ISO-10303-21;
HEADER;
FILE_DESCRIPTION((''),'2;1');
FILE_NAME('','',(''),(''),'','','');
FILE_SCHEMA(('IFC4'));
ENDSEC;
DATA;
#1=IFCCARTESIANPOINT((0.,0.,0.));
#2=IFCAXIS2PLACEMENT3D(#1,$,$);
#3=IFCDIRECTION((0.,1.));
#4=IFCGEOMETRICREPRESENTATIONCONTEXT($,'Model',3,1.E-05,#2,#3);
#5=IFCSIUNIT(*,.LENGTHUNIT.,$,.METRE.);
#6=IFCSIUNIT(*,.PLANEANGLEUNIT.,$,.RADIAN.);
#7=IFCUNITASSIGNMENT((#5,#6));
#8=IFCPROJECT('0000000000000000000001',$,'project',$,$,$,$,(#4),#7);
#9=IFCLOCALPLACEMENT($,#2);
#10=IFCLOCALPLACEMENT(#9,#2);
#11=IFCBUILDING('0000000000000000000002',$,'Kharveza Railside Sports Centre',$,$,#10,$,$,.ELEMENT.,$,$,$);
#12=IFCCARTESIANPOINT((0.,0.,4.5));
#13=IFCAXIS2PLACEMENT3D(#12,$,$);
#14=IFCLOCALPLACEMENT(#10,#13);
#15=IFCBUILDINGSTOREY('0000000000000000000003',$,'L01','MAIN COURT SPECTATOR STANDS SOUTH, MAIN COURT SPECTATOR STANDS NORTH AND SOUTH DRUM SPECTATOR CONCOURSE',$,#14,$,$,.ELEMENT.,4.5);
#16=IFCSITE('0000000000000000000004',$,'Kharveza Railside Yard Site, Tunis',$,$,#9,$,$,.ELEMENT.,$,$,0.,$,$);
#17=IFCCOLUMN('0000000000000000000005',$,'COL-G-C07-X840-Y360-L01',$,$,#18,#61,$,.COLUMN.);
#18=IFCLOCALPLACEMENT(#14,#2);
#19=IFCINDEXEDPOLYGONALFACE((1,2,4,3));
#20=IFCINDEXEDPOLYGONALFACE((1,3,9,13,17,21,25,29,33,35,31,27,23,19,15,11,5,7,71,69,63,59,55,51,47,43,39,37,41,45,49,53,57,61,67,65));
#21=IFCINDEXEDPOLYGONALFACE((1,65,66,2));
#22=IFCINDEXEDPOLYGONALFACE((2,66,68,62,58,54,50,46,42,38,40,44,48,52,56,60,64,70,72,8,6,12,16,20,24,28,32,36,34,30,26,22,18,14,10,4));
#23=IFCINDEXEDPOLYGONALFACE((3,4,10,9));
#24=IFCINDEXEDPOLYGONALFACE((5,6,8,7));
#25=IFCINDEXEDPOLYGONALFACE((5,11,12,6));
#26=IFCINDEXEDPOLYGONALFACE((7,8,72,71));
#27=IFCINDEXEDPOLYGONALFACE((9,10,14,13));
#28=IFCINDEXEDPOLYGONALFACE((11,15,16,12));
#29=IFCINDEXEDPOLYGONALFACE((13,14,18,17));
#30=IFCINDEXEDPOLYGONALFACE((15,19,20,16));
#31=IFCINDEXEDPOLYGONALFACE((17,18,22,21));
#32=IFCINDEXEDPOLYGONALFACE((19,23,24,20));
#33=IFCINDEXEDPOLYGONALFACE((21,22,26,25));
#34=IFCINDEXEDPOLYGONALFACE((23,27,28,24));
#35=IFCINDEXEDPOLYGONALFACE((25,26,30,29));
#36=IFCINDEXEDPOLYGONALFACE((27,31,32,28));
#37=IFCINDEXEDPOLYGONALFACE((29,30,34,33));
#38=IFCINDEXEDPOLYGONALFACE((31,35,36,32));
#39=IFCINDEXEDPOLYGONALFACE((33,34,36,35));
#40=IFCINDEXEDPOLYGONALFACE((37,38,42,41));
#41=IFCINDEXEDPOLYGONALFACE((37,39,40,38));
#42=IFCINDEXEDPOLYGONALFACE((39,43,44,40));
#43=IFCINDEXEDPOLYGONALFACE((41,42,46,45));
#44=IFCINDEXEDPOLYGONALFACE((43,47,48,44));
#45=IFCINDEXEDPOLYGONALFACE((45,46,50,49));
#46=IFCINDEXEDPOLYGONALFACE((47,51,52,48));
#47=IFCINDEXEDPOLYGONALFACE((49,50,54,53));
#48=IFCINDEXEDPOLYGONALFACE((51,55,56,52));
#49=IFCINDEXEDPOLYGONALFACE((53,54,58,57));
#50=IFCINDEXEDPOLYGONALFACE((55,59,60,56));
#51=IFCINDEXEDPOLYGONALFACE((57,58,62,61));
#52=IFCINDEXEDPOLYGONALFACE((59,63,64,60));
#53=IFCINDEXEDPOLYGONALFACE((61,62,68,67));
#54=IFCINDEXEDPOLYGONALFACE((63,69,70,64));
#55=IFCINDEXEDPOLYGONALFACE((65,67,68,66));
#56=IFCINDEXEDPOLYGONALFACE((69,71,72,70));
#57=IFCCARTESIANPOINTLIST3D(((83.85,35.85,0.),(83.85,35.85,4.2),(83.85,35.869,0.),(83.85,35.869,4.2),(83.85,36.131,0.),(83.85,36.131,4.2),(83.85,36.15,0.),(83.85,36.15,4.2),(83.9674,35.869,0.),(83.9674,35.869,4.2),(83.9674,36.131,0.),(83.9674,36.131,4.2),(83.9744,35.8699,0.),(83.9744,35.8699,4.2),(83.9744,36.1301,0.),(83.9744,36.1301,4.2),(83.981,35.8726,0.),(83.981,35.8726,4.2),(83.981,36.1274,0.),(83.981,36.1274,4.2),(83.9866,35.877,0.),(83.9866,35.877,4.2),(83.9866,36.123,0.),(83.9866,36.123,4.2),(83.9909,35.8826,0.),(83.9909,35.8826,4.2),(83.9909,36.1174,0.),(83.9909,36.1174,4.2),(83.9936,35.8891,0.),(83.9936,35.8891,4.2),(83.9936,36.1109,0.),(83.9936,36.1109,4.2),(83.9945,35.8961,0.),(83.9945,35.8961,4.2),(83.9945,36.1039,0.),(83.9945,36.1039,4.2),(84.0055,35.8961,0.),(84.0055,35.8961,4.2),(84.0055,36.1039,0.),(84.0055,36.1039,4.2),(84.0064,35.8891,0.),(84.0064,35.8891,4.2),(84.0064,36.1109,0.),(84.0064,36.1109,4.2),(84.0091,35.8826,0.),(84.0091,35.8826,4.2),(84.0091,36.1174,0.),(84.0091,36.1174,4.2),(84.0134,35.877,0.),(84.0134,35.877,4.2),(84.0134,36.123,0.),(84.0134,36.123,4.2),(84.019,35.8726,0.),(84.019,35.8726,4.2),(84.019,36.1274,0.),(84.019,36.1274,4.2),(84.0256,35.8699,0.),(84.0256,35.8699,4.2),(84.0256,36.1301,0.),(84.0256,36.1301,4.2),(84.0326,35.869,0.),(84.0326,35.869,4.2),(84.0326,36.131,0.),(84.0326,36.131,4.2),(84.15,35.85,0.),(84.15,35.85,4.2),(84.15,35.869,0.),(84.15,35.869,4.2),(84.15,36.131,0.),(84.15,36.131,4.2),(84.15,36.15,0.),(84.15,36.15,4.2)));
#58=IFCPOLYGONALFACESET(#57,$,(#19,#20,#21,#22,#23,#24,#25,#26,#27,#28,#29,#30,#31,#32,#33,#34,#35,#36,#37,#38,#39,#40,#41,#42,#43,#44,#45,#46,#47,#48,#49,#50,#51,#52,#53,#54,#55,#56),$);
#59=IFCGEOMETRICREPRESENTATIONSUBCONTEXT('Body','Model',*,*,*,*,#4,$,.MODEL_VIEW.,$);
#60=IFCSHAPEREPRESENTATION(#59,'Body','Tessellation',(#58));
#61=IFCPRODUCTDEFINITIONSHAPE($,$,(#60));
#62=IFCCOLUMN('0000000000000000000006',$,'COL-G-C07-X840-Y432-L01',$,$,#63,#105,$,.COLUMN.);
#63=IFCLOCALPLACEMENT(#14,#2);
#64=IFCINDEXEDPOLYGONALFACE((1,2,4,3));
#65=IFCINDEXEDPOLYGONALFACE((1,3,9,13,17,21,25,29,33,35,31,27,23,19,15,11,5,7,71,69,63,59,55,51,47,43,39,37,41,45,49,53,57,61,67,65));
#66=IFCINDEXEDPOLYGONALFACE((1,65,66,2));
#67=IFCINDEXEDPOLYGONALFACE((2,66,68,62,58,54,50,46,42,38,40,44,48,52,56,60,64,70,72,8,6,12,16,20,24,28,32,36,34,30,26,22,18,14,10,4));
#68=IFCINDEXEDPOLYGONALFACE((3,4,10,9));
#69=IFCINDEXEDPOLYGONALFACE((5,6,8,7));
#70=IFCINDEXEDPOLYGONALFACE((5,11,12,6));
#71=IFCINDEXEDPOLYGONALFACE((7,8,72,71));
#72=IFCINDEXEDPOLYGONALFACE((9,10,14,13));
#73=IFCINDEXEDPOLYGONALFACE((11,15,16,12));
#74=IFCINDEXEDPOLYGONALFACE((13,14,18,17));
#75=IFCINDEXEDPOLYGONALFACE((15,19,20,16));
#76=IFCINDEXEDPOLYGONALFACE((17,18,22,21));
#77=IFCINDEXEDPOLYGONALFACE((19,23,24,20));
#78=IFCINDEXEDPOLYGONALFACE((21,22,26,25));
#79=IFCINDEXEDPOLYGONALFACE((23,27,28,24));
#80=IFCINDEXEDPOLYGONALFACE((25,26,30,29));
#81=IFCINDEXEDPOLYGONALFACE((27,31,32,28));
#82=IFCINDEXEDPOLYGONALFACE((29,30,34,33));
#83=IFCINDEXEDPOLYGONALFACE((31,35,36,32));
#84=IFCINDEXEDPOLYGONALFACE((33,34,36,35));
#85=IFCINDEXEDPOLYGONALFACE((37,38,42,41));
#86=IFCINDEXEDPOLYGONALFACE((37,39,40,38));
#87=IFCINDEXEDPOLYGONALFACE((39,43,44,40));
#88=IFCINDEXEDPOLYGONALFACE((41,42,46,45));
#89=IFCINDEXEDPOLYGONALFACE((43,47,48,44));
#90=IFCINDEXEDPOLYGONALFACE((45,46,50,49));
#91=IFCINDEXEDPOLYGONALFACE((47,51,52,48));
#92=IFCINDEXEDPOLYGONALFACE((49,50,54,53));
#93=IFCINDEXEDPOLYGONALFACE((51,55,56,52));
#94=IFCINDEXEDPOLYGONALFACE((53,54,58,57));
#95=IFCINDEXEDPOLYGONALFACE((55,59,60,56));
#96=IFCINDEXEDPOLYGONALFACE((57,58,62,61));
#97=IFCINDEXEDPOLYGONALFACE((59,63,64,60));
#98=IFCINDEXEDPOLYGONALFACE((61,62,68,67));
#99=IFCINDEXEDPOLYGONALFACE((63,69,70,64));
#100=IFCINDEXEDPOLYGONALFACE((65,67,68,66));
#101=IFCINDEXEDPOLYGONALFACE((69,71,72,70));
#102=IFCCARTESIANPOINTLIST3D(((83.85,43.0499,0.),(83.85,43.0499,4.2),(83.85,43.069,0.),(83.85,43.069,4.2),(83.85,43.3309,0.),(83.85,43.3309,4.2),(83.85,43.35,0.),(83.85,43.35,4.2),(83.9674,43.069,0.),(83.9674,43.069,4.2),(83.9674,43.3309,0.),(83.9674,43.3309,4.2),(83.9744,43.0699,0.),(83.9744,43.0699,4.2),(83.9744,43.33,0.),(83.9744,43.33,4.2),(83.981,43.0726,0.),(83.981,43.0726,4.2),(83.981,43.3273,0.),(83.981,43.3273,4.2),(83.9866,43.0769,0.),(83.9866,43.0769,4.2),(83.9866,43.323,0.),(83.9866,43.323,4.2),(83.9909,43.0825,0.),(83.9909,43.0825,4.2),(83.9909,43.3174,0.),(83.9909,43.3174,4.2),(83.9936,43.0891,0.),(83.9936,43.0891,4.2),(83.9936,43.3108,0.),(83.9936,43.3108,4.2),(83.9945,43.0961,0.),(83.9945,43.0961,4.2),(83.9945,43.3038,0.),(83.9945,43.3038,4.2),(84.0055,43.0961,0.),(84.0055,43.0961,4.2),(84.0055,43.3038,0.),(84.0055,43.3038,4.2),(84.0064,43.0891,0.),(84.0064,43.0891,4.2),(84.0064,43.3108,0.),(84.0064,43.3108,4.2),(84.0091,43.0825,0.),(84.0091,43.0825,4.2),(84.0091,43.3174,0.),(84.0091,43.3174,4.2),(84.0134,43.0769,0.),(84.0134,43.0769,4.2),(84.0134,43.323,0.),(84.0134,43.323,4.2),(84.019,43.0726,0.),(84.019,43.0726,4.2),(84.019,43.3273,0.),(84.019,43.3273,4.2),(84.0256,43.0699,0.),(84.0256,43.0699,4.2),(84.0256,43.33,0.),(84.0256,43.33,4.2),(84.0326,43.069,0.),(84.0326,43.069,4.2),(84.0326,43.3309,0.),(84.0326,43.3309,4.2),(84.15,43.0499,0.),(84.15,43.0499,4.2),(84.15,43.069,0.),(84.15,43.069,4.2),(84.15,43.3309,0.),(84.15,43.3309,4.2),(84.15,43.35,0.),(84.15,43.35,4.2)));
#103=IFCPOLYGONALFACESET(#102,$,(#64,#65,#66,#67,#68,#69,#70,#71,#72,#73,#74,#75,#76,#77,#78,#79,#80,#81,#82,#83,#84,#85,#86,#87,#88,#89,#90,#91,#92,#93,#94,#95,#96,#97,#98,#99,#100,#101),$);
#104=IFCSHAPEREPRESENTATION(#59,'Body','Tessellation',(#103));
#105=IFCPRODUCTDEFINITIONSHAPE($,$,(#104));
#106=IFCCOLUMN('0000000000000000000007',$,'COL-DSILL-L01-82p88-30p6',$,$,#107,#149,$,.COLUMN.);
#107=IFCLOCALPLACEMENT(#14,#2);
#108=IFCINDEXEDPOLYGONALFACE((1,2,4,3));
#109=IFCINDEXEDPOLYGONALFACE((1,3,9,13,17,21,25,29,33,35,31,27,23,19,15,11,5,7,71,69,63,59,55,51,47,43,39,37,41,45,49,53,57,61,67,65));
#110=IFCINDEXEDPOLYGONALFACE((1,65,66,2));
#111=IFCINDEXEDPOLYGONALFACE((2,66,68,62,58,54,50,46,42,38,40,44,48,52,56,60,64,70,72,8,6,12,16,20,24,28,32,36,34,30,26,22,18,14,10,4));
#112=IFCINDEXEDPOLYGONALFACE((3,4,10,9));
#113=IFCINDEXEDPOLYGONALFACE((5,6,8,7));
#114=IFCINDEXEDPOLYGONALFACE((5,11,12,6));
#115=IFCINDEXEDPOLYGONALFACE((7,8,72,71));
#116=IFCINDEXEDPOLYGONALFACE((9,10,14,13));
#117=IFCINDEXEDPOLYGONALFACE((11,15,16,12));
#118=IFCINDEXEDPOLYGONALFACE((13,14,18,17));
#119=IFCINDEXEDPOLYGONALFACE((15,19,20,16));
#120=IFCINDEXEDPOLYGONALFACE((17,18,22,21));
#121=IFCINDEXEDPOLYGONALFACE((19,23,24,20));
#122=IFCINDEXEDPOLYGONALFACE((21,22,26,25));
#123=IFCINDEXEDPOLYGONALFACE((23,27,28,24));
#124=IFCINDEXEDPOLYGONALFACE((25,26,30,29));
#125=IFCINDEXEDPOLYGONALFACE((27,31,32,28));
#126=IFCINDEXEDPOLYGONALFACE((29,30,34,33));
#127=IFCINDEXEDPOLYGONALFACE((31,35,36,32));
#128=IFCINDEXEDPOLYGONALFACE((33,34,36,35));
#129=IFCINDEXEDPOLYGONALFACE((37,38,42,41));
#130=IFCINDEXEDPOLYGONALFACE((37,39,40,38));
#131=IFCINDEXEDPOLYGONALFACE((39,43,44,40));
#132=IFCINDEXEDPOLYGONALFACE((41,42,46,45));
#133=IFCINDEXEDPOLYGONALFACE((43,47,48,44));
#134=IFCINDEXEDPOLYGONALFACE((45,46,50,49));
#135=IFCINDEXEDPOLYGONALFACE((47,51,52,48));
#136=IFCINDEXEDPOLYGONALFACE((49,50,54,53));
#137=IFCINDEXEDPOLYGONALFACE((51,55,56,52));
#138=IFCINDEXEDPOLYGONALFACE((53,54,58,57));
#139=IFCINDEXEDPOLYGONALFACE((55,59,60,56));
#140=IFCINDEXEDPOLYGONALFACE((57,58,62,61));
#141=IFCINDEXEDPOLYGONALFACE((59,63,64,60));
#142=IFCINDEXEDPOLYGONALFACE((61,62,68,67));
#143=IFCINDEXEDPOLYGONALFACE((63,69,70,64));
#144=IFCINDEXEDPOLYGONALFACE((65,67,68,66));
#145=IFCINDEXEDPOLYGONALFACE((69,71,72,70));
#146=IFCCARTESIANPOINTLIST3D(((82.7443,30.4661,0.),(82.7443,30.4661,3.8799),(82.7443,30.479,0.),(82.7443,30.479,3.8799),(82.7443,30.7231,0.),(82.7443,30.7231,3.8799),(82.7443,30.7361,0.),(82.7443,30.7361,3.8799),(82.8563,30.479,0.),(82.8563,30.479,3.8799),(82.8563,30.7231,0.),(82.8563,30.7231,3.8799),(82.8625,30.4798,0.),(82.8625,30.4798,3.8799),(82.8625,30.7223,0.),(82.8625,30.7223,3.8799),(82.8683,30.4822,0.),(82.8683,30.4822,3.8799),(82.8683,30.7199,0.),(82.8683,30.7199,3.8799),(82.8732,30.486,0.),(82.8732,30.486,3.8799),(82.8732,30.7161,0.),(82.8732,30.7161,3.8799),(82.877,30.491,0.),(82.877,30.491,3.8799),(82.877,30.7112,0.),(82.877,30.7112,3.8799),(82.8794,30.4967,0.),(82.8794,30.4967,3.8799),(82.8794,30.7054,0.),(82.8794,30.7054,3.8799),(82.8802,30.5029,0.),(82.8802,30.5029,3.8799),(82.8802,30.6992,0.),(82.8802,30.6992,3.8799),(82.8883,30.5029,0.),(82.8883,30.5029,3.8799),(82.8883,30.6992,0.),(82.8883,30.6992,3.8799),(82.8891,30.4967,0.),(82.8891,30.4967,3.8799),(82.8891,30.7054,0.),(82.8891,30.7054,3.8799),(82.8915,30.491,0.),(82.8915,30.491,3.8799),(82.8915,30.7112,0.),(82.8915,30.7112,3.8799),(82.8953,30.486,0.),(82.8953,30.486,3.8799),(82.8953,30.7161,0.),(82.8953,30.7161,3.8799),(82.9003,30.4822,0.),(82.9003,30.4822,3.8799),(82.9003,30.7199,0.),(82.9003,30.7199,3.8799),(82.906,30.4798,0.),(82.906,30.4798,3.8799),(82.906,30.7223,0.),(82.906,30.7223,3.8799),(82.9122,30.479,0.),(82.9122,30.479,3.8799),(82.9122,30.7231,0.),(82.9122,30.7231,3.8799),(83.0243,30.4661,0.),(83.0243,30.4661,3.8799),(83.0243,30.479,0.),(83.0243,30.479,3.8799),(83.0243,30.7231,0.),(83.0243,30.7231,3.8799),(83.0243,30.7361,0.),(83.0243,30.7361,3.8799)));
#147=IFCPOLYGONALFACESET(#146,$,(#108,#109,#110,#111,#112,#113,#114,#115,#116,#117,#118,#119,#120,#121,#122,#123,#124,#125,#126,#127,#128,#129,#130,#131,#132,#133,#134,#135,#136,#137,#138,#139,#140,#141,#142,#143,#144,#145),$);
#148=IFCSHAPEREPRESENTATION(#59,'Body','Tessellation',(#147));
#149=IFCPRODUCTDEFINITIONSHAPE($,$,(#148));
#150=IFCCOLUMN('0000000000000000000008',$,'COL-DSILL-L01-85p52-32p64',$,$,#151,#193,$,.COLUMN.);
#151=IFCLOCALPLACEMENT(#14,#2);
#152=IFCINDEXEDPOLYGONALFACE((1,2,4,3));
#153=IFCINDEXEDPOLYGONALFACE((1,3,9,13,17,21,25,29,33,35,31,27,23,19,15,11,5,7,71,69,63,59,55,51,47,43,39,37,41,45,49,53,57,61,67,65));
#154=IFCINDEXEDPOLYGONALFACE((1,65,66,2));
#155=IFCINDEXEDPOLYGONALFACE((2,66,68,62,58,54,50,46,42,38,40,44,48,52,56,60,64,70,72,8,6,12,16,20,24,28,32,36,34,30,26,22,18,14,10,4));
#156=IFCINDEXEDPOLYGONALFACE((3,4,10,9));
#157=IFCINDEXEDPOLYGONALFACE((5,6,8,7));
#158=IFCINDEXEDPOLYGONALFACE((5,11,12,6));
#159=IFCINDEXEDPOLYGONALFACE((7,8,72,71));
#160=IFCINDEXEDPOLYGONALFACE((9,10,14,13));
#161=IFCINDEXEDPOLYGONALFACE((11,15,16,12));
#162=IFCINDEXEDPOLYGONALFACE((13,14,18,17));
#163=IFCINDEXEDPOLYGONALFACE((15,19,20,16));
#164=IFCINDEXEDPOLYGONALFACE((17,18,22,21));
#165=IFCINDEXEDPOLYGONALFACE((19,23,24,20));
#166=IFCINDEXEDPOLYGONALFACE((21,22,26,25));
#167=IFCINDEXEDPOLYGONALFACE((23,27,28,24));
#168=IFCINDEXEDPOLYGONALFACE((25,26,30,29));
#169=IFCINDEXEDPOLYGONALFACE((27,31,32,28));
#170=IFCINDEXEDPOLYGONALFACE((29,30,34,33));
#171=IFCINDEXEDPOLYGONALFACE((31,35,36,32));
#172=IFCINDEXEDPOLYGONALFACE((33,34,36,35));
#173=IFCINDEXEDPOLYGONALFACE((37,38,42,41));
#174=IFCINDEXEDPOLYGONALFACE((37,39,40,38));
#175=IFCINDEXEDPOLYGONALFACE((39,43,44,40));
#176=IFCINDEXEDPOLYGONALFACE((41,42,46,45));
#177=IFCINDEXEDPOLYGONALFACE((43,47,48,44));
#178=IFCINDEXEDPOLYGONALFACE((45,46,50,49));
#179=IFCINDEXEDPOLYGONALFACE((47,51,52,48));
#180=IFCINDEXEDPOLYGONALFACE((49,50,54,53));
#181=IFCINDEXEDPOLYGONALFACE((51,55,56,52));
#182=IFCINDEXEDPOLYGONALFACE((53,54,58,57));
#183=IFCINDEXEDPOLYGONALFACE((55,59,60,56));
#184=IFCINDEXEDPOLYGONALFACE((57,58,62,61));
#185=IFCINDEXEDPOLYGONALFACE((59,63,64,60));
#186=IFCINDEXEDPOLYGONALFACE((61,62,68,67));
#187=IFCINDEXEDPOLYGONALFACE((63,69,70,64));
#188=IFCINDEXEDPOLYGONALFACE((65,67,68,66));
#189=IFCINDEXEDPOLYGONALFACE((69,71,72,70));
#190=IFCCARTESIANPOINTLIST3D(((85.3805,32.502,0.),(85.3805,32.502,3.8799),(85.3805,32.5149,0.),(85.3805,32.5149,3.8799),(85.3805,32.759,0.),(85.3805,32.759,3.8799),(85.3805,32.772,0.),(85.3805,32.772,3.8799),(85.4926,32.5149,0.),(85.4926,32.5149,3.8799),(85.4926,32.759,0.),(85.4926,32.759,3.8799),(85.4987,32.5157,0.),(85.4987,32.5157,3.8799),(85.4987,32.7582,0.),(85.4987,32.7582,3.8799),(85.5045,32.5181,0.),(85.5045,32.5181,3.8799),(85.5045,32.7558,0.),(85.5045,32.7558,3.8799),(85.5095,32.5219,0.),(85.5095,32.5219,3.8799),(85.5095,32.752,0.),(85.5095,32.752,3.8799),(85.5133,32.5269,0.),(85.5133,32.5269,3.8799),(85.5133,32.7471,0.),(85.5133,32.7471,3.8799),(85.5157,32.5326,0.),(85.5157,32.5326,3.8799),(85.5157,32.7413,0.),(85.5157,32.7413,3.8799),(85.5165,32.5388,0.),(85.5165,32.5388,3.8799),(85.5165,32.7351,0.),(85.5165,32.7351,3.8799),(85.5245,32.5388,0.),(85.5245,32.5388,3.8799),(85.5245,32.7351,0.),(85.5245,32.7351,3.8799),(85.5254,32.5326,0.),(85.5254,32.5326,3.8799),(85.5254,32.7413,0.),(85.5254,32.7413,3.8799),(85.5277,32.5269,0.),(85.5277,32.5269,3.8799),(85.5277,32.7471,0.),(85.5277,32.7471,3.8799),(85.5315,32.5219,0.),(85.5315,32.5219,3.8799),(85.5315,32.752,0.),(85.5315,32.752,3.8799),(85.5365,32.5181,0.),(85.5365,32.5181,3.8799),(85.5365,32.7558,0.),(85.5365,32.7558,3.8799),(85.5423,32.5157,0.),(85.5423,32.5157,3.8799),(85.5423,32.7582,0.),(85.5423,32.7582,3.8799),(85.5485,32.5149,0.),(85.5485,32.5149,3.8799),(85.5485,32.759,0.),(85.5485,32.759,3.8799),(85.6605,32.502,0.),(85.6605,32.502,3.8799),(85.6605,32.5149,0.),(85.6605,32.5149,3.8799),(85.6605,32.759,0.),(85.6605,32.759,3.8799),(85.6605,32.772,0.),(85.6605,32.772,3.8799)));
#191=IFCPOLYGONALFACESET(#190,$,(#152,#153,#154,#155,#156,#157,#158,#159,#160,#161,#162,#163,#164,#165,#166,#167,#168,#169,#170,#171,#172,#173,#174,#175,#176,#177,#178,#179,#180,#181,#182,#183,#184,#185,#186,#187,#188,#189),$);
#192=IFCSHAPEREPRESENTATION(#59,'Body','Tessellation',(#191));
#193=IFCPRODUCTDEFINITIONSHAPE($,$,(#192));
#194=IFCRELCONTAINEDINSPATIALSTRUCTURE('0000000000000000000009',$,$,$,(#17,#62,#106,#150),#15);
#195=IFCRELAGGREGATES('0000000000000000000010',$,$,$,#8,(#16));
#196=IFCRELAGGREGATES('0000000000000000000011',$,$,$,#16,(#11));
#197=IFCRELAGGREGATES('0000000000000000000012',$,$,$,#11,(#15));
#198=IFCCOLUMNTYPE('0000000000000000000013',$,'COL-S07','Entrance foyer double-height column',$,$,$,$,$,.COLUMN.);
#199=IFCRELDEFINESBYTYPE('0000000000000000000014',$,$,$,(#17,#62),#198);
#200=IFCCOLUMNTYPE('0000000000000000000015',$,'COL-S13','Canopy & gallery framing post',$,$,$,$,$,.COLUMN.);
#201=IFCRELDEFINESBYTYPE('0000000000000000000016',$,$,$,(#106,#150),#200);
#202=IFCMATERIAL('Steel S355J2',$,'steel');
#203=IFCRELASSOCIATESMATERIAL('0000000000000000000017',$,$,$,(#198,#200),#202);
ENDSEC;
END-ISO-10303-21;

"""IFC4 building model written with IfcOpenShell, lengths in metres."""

from ifc_helpers import new_model, si_unit, direction, frame, origin, origin_2d, place, context, subcontext, project, spatial, i_section, extrude, material, material_profile, profile_set, type_object, element, save


model = new_model("IFC4")

# Units and contexts
model_context = context("Model", 3, precision=1e-05, world=origin(), true_north=direction((0.0, 1.0)))
body_context = subcontext(model_context, "Body", "Model", "MODEL_VIEW")
ifc_project = project(units=[si_unit("LENGTHUNIT", "METRE"), si_unit("PLANEANGLEUNIT", "RADIAN")], contexts=[model_context])

# Site, building, storey
site_placement = place(None, origin())
site = spatial("IfcSite", under=ifc_project, at=site_placement, Name="Kharveza Railside Yard Site, Tunis", CompositionType="ELEMENT", RefElevation=0.0)
building_placement = place(site_placement, origin())
building = spatial("IfcBuilding", under=site, at=building_placement, Name="Kharveza Railside Sports Centre", CompositionType="ELEMENT")
storey_placement = place(building_placement, frame((0.0, 0.0, 4.5)))
storey = spatial("IfcBuildingStorey", under=building, at=storey_placement, Name="L01", Description="MAIN COURT SPECTATOR STANDS SOUTH, MAIN COURT SPECTATOR STANDS NORTH AND SOUTH DRUM SPECTATOR CONCOURSE", CompositionType="ELEMENT", Elevation=4.5)

# Columns
ifc_material_1 = material(Name="Steel S355J2", Category="steel")
ifc_material_profile_1 = material_profile(ifc_material_1, i_section(OverallWidth=0.3, OverallDepth=0.3, WebThickness=0.011, FlangeThickness=0.019, FilletRadius=0.0271, at=origin_2d()), Name="HEB 300")
ifc_profile_set_1 = profile_set([ifc_material_profile_1], Name="Steel S355J2")
column_type_1 = type_object("IfcColumnType", Name="COL-S07", Description="Entrance foyer double-height column", PredefinedType="COLUMN", material=ifc_profile_set_1)
for number, where, z_axis, x_axis, name in (
    (1, (84.0, 36.0, 0.0), (0.0, 0.0, 1.0), (1.0, 0.0, 0.0), "COL-G-C07-X840-Y360-L01"),
    (2, (84.0, 43.2, 0.0), (0.0, 0.0, 1.0), (1.0, 0.0, 0.0), "COL-G-C07-X840-Y432-L01"),
):
    element("IfcColumn", number, at=place(storey_placement, frame(where, z_axis=z_axis, x_axis=x_axis)), inside=storey, type_object=column_type_1, Name=name, PredefinedType="COLUMN", context=body_context, shape_type="SweptSolid", body=[
        extrude(i_section(OverallWidth=0.3, OverallDepth=0.3, WebThickness=0.011, FlangeThickness=0.019, FilletRadius=0.0271, at=origin_2d()), origin(), (0.0, 0.0, 1.0), 4.2),
    ])
ifc_material_profile_2 = material_profile(ifc_material_1, i_section(OverallWidth=0.28, OverallDepth=0.27, WebThickness=0.0081, FlangeThickness=0.0129, FilletRadius=0.0239, at=origin_2d()), Name="HEA 280")
ifc_profile_set_2 = profile_set([ifc_material_profile_2], Name="Steel S355J2")
column_type_2 = type_object("IfcColumnType", Name="COL-S13", Description="Canopy & gallery framing post", PredefinedType="COLUMN", material=ifc_profile_set_2)
for number, where, z_axis, x_axis, name in (
    (3, (82.8843, 30.6011, 0.0), (0.0, 0.0, 1.0), (1.0, 0.0, 0.0), "COL-DSILL-L01-82p88-30p6"),
    (4, (85.5205, 32.637, 0.0), (0.0, 0.0, 1.0), (1.0, 0.0, 0.0), "COL-DSILL-L01-85p52-32p64"),
):
    element("IfcColumn", number, at=place(storey_placement, frame(where, z_axis=z_axis, x_axis=x_axis)), inside=storey, type_object=column_type_2, Name=name, PredefinedType="COLUMN", context=body_context, shape_type="SweptSolid", body=[
        extrude(i_section(OverallWidth=0.28, OverallDepth=0.27, WebThickness=0.0081, FlangeThickness=0.0129, FilletRadius=0.0239, at=origin_2d()), origin(), (0.0, 0.0, 1.0), 3.8799),
    ])

save(model, "model.ifc")
